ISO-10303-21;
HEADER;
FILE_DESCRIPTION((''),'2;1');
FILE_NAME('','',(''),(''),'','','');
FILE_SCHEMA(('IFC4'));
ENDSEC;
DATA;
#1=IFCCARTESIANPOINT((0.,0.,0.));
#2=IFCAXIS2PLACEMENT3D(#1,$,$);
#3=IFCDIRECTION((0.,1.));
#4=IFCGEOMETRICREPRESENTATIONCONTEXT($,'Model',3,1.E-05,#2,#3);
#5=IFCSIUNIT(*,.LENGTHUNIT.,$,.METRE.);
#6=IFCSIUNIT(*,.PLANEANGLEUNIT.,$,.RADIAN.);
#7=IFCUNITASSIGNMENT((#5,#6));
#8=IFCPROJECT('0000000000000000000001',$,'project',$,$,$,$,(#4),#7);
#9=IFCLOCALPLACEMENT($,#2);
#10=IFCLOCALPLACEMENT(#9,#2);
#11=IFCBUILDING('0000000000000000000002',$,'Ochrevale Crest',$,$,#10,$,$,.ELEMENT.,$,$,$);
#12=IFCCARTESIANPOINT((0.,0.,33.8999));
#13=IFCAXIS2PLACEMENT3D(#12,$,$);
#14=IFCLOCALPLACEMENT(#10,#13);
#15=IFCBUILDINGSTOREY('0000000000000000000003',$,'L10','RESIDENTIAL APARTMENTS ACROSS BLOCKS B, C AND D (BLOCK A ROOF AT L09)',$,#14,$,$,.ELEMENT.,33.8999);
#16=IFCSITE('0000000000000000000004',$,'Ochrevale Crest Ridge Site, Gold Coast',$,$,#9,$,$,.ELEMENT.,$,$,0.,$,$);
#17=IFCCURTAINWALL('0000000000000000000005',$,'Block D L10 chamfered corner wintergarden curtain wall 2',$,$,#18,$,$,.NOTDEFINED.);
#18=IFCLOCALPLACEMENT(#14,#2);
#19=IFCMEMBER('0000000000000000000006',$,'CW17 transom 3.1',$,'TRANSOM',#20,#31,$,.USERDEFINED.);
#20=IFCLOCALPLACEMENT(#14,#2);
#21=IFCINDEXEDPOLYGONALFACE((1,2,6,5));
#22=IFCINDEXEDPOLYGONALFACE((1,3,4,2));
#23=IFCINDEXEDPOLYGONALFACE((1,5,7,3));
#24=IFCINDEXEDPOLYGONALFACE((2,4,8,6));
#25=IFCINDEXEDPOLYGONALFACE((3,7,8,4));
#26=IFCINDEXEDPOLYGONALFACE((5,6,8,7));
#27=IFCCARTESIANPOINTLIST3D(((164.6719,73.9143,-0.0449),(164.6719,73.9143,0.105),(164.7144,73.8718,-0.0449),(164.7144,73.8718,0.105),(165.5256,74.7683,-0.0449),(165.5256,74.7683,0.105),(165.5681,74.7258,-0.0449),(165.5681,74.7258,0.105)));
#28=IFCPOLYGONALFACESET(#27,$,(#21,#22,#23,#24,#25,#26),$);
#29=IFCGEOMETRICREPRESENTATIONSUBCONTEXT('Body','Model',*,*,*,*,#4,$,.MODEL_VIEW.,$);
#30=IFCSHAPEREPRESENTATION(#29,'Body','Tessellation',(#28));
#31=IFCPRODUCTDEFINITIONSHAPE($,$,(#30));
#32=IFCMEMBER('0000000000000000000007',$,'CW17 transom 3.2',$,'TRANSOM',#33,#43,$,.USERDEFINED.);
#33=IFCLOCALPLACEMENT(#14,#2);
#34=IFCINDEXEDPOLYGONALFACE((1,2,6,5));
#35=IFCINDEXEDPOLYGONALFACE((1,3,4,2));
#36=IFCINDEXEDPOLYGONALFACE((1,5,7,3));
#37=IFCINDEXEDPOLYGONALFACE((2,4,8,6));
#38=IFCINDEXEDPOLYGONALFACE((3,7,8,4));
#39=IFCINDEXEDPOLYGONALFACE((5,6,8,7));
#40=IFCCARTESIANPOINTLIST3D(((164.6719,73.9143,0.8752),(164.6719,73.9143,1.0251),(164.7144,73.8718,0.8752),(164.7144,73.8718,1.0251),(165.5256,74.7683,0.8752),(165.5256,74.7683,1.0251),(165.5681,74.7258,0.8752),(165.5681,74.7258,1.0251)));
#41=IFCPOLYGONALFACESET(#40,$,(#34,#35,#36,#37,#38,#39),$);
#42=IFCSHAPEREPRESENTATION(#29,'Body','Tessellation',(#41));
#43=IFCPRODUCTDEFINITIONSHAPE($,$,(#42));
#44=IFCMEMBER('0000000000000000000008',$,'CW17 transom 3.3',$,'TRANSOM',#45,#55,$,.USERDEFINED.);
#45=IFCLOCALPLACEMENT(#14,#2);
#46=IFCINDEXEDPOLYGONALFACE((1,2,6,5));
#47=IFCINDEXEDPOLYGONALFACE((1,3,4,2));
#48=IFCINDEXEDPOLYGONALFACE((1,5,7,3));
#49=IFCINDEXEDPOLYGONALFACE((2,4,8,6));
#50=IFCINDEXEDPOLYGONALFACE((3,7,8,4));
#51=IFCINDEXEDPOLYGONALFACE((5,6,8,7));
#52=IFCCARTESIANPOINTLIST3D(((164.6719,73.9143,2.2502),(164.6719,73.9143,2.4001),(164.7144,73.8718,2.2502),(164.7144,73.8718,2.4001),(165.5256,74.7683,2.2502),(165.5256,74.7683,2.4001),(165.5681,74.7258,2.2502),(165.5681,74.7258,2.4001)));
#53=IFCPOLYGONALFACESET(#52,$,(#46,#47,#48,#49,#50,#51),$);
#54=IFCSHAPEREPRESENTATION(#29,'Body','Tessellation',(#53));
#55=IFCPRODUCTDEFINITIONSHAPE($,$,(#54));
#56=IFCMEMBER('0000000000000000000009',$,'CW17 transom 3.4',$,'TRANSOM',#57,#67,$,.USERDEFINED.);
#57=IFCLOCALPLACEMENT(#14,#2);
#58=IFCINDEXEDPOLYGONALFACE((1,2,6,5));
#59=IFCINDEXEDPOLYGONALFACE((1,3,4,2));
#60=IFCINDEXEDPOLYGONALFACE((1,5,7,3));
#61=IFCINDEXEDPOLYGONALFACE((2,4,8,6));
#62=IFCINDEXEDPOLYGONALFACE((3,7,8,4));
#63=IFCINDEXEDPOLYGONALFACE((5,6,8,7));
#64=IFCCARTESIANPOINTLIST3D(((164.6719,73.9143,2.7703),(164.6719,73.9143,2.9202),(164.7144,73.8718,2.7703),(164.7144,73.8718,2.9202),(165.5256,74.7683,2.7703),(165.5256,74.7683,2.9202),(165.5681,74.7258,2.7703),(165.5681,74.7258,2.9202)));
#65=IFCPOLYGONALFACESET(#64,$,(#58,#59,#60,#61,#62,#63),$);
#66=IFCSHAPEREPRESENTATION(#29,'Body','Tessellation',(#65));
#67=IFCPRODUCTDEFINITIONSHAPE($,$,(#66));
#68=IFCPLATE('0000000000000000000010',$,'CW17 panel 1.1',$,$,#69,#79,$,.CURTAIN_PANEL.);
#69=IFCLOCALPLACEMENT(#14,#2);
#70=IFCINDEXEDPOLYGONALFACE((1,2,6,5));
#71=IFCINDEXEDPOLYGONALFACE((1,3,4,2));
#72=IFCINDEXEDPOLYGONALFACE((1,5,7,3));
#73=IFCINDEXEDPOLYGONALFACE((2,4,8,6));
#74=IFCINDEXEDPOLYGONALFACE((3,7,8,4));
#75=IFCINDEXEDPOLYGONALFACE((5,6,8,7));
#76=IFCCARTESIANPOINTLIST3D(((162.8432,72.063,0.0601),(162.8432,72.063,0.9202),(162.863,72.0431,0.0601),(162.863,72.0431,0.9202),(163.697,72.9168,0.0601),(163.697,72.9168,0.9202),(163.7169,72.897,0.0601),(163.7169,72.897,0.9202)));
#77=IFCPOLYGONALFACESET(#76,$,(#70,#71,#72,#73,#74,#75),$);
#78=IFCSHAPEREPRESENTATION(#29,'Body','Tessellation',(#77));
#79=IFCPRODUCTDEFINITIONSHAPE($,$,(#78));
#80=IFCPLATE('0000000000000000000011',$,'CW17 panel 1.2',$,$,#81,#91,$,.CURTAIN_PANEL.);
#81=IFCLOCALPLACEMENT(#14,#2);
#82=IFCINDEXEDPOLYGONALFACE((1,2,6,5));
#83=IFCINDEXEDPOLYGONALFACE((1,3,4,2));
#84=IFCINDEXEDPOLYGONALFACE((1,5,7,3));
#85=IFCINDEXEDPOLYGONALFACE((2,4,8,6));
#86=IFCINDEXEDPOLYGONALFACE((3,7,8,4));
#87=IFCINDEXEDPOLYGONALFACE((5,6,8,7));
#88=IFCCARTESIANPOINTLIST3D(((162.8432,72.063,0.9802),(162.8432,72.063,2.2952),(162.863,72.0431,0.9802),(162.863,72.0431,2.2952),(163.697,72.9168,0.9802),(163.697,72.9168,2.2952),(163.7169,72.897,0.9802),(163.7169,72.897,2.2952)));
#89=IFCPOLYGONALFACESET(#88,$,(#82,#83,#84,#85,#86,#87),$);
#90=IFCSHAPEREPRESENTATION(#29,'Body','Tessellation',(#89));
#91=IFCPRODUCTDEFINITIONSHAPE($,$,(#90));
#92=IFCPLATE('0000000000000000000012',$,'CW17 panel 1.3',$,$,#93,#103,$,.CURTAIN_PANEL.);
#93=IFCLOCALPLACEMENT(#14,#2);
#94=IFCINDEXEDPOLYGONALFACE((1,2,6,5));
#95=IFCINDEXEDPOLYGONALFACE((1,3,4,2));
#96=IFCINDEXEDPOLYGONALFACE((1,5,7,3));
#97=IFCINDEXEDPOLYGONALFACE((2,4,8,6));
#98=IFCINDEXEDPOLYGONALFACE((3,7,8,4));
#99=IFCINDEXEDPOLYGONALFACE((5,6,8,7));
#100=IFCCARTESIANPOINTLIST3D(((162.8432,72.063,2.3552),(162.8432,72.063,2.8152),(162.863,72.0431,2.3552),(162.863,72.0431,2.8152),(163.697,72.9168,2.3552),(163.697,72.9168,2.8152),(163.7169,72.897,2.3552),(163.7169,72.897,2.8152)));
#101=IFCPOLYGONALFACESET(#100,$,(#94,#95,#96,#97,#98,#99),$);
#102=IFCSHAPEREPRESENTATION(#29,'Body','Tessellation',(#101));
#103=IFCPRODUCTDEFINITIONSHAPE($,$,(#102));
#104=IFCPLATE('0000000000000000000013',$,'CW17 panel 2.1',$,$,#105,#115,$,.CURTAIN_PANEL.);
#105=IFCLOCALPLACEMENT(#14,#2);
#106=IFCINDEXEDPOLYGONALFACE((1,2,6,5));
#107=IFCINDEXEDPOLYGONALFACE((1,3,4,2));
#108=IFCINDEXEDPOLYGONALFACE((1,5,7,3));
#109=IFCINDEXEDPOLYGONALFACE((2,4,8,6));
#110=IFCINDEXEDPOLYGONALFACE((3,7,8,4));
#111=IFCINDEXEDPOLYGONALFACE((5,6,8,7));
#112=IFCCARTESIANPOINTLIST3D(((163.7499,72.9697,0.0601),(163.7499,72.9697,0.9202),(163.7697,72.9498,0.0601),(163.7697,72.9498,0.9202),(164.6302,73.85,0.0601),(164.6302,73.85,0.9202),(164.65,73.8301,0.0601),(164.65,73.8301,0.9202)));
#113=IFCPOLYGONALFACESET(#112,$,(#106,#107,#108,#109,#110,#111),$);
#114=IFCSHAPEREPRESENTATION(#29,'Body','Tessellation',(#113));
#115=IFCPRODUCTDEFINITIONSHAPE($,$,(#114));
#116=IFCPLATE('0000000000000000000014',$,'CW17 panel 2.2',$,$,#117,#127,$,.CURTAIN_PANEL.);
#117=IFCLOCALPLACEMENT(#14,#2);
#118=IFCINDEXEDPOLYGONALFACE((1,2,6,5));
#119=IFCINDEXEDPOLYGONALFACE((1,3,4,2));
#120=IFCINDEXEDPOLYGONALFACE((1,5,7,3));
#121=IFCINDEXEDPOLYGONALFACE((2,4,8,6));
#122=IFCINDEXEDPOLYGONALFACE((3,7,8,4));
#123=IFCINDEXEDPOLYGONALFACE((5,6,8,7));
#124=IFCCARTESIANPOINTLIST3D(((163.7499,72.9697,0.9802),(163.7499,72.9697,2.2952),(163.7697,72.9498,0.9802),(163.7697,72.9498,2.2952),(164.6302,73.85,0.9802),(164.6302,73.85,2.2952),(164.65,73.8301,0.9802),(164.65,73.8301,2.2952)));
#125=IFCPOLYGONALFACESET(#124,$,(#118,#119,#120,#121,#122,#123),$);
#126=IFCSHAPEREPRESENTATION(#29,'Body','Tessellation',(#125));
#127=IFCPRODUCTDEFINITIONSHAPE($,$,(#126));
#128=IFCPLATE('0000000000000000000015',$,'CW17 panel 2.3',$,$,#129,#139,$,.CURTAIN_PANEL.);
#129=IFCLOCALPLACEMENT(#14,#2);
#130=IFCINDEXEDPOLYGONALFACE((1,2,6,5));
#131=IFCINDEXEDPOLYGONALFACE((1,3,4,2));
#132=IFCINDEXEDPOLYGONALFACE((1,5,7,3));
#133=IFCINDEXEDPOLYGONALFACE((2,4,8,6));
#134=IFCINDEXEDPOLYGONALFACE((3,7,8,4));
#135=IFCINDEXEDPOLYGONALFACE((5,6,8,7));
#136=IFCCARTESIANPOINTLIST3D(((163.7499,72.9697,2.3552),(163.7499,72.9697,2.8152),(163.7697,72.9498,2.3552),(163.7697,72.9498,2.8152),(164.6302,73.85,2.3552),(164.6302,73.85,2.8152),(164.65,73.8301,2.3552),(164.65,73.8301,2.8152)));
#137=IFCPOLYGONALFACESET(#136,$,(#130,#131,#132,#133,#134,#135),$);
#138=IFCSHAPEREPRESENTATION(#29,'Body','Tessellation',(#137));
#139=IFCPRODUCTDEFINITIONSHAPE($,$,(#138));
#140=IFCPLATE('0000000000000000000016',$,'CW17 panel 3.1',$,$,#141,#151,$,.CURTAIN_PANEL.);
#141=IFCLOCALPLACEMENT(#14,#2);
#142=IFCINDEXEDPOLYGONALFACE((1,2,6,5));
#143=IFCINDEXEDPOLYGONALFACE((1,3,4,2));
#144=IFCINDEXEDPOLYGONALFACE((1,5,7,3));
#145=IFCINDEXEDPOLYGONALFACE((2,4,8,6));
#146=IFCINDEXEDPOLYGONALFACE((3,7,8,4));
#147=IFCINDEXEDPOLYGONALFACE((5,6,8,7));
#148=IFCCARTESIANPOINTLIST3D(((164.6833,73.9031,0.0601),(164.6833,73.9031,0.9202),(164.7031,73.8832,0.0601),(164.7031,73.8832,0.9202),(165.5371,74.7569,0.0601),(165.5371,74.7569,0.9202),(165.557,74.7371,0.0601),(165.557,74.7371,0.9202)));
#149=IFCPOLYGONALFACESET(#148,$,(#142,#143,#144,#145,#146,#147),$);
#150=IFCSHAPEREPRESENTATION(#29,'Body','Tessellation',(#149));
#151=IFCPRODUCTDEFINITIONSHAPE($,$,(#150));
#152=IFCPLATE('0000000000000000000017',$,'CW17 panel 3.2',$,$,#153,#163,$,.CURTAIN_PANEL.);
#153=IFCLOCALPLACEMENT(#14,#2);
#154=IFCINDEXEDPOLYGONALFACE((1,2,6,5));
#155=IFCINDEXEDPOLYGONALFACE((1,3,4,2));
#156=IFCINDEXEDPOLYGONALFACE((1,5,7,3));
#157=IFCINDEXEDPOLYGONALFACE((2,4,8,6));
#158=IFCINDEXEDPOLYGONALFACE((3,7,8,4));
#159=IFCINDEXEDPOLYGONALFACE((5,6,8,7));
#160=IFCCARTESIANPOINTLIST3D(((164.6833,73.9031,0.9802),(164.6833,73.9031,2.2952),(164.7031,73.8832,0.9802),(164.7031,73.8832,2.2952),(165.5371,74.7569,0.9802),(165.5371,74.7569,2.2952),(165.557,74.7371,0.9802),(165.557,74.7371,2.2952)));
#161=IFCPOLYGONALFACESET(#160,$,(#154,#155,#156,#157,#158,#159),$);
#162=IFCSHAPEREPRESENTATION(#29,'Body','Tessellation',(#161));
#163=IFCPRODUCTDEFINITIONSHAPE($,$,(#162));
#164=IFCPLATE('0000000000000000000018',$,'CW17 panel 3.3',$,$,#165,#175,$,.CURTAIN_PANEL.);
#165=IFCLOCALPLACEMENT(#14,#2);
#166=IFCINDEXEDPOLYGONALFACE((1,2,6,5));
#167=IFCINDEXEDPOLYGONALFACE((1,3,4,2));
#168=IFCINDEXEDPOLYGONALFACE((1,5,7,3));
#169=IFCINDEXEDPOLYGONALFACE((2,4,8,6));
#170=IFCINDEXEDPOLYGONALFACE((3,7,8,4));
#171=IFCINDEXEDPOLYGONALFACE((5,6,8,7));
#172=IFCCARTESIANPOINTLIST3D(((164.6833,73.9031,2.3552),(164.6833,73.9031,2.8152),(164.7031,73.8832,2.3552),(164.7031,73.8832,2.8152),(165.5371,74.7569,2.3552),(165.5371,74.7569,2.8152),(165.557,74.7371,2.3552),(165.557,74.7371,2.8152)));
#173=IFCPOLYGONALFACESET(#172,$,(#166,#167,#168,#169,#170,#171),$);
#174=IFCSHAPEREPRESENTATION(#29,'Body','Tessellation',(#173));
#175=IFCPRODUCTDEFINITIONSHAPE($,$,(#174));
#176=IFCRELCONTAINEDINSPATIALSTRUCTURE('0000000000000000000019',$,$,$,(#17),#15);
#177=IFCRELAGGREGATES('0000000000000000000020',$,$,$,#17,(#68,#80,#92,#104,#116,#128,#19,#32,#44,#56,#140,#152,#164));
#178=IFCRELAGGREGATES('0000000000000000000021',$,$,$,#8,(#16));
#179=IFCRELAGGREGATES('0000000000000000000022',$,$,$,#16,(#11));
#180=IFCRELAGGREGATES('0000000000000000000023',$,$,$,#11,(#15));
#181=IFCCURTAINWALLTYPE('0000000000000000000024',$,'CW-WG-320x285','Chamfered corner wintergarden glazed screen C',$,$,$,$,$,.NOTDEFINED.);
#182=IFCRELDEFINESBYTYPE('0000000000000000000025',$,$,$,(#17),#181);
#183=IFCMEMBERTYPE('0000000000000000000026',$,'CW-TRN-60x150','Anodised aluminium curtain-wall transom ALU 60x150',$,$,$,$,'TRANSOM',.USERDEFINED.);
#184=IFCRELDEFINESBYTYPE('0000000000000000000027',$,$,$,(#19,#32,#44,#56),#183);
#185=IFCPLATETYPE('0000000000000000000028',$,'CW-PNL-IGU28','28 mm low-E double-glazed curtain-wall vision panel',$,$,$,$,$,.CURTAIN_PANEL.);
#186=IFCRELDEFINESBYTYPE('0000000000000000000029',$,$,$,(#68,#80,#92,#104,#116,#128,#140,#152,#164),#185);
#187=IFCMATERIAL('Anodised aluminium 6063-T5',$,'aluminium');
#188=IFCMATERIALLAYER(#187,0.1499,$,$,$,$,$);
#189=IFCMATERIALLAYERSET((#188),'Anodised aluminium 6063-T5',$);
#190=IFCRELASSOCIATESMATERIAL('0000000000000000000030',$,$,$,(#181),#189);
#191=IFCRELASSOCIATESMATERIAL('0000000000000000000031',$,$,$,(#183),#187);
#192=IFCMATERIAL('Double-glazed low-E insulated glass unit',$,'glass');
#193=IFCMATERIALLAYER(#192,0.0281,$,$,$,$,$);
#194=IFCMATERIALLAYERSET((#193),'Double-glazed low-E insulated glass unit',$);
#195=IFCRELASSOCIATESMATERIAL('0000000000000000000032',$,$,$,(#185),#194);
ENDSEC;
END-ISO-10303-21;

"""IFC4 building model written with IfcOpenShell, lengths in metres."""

from ifc_helpers import new_model, si_unit, direction, frame, origin, origin_2d, place, context, subcontext, project, spatial, rectangle, extrude, material, layer, layer_set, material_profile, profile_set, type_object, element, aggregate, save


model = new_model("IFC4")

# Units and contexts
model_context = context("Model", 3, precision=1e-05, world=origin(), true_north=direction((0.0, 1.0)))
body_context = subcontext(model_context, "Body", "Model", "MODEL_VIEW")
ifc_project = project(units=[si_unit("LENGTHUNIT", "METRE"), si_unit("PLANEANGLEUNIT", "RADIAN")], contexts=[model_context])

# Site, building, storey
site_placement = place(None, origin())
site = spatial("IfcSite", under=ifc_project, at=site_placement, Name="Ochrevale Crest Ridge Site, Gold Coast", CompositionType="ELEMENT", RefElevation=0.0)
building_placement = place(site_placement, origin())
building = spatial("IfcBuilding", under=site, at=building_placement, Name="Ochrevale Crest", CompositionType="ELEMENT")
storey_placement = place(building_placement, frame((0.0, 0.0, 33.8999)))
storey = spatial("IfcBuildingStorey", under=building, at=storey_placement, Name="L10", Description="RESIDENTIAL APARTMENTS ACROSS BLOCKS B, C AND D (BLOCK A ROOF AT L09)", CompositionType="ELEMENT", Elevation=33.8999)

# Curtain wall, members, plates
ifc_material_1 = material(Name="Anodised aluminium 6063-T5", Category="aluminium")
ifc_layer_1 = layer(ifc_material_1, 0.1499)
ifc_layer_set_1 = layer_set([ifc_layer_1], Name="Anodised aluminium 6063-T5")
curtain_wall_type = type_object("IfcCurtainWallType", Name="CW-WG-320x285", Description="Chamfered corner wintergarden glazed screen C", PredefinedType="NOTDEFINED", material=ifc_layer_set_1)
curtain_wall_placement = place(storey_placement, origin())
curtain_wall = element("IfcCurtainWall", 1, at=curtain_wall_placement, inside=storey, type_object=curtain_wall_type, Name="Block D L10 chamfered corner wintergarden curtain wall 2", PredefinedType="NOTDEFINED")
ifc_material_profile_1 = material_profile(ifc_material_1, rectangle(XDim=0.0601, YDim=0.1499, at=origin_2d()), Name="ALU 60x150")
ifc_profile_set_1 = profile_set([ifc_material_profile_1], Name="Anodised aluminium 6063-T5")
member_type_1 = type_object("IfcMemberType", Name="CW-TRN-60x150", Description="Anodised aluminium curtain-wall transom ALU 60x150", ElementType="TRANSOM", PredefinedType="USERDEFINED", material=ifc_profile_set_1)
member_1_placement = place(storey_placement, frame((164.6931, 73.8931, 0.03), z_axis=(0.707006, 0.707208, 0.0), x_axis=(-0.707208, 0.707006, 0.0)))
member_1 = element("IfcMember", 2, at=member_1_placement, type_object=member_type_1, Name="CW17 transom 3.1", ObjectType="TRANSOM", PredefinedType="USERDEFINED", context=body_context, shape_type="SweptSolid", body=[
    extrude(rectangle(XDim=0.0601, YDim=0.1499, at=origin_2d()), origin(), (0.0, 0.0, 1.0), 1.2075),
])
member_2_placement = place(storey_placement, frame((164.6931, 73.8931, 0.9502), z_axis=(0.707006, 0.707208, 0.0), x_axis=(-0.707208, 0.707006, 0.0)))
member_2 = element("IfcMember", 3, at=member_2_placement, type_object=member_type_1, Name="CW17 transom 3.2", ObjectType="TRANSOM", PredefinedType="USERDEFINED", context=body_context, shape_type="SweptSolid", body=[
    extrude(rectangle(XDim=0.0601, YDim=0.1499, at=origin_2d()), origin(), (0.0, 0.0, 1.0), 1.2075),
])
member_3_placement = place(storey_placement, frame((164.6931, 73.8931, 2.3252), z_axis=(0.707006, 0.707208, 0.0), x_axis=(-0.707208, 0.707006, 0.0)))
member_3 = element("IfcMember", 4, at=member_3_placement, type_object=member_type_1, Name="CW17 transom 3.3", ObjectType="TRANSOM", PredefinedType="USERDEFINED", context=body_context, shape_type="SweptSolid", body=[
    extrude(rectangle(XDim=0.0601, YDim=0.1499, at=origin_2d()), origin(), (0.0, 0.0, 1.0), 1.2075),
])
member_4_placement = place(storey_placement, frame((164.6931, 73.8931, 2.8452), z_axis=(0.707006, 0.707208, 0.0), x_axis=(-0.707208, 0.707006, 0.0)))
member_4 = element("IfcMember", 5, at=member_4_placement, type_object=member_type_1, Name="CW17 transom 3.4", ObjectType="TRANSOM", PredefinedType="USERDEFINED", context=body_context, shape_type="SweptSolid", body=[
    extrude(rectangle(XDim=0.0601, YDim=0.1499, at=origin_2d()), origin(), (0.0, 0.0, 1.0), 1.2075),
])
ifc_material_2 = material(Name="Double-glazed low-E insulated glass unit", Category="glass")
ifc_layer_2 = layer(ifc_material_2, 0.0281)
ifc_layer_set_2 = layer_set([ifc_layer_2], Name="Double-glazed low-E insulated glass unit")
plate_type = type_object("IfcPlateType", Name="CW-PNL-IGU28", Description="28 mm low-E double-glazed curtain-wall vision panel", PredefinedType="CURTAIN_PANEL", material=ifc_layer_set_2)
plate_1_placement = place(storey_placement, frame((163.28, 72.48, 0.0601), z_axis=(0.0, 0.0, 1.0), x_axis=(0.707107, 0.707107, 0.0)))
plate_1 = element("IfcPlate", 6, at=plate_1_placement, type_object=plate_type, Name="CW17 panel 1.1", PredefinedType="CURTAIN_PANEL", context=body_context, shape_type="SweptSolid", body=[
    extrude(rectangle(XDim=1.2075, YDim=0.0281, at=origin_2d()), origin(), (0.0, 0.0, 1.0), 0.8601),
])
plate_2_placement = place(storey_placement, frame((163.28, 72.48, 0.9802), z_axis=(0.0, 0.0, 1.0), x_axis=(0.707107, 0.707107, 0.0)))
plate_2 = element("IfcPlate", 7, at=plate_2_placement, type_object=plate_type, Name="CW17 panel 1.2", PredefinedType="CURTAIN_PANEL", context=body_context, shape_type="SweptSolid", body=[
    extrude(rectangle(XDim=1.2075, YDim=0.0281, at=origin_2d()), origin(), (0.0, 0.0, 1.0), 1.3149),
])
plate_3_placement = place(storey_placement, frame((163.28, 72.48, 2.3552), z_axis=(0.0, 0.0, 1.0), x_axis=(0.707107, 0.707107, 0.0)))
plate_3 = element("IfcPlate", 8, at=plate_3_placement, type_object=plate_type, Name="CW17 panel 1.3", PredefinedType="CURTAIN_PANEL", context=body_context, shape_type="SweptSolid", body=[
    extrude(rectangle(XDim=1.2075, YDim=0.0281, at=origin_2d()), origin(), (0.0, 0.0, 1.0), 0.46),
])
plate_4_placement = place(storey_placement, frame((164.2, 73.3999, 0.0601), z_axis=(0.0, 0.0, 1.0), x_axis=(0.707107, 0.707107, 0.0)))
plate_4 = element("IfcPlate", 9, at=plate_4_placement, type_object=plate_type, Name="CW17 panel 2.1", PredefinedType="CURTAIN_PANEL", context=body_context, shape_type="SweptSolid", body=[
    extrude(rectangle(XDim=1.2449, YDim=0.0281, at=origin_2d()), origin(), (0.0, 0.0, 1.0), 0.8601),
])
plate_5_placement = place(storey_placement, frame((164.2, 73.3999, 0.9802), z_axis=(0.0, 0.0, 1.0), x_axis=(0.707107, 0.707107, 0.0)))
plate_5 = element("IfcPlate", 10, at=plate_5_placement, type_object=plate_type, Name="CW17 panel 2.2", PredefinedType="CURTAIN_PANEL", context=body_context, shape_type="SweptSolid", body=[
    extrude(rectangle(XDim=1.2449, YDim=0.0281, at=origin_2d()), origin(), (0.0, 0.0, 1.0), 1.3149),
])
plate_6_placement = place(storey_placement, frame((164.2, 73.3999, 2.3552), z_axis=(0.0, 0.0, 1.0), x_axis=(0.707107, 0.707107, 0.0)))
plate_6 = element("IfcPlate", 11, at=plate_6_placement, type_object=plate_type, Name="CW17 panel 2.3", PredefinedType="CURTAIN_PANEL", context=body_context, shape_type="SweptSolid", body=[
    extrude(rectangle(XDim=1.2449, YDim=0.0281, at=origin_2d()), origin(), (0.0, 0.0, 1.0), 0.46),
])
plate_7_placement = place(storey_placement, frame((165.1201, 74.3201, 0.0601), z_axis=(0.0, 0.0, 1.0), x_axis=(0.707107, 0.707107, 0.0)))
plate_7 = element("IfcPlate", 12, at=plate_7_placement, type_object=plate_type, Name="CW17 panel 3.1", PredefinedType="CURTAIN_PANEL", context=body_context, shape_type="SweptSolid", body=[
    extrude(rectangle(XDim=1.2075, YDim=0.0281, at=origin_2d()), origin(), (0.0, 0.0, 1.0), 0.8601),
])
plate_8_placement = place(storey_placement, frame((165.1201, 74.3201, 0.9802), z_axis=(0.0, 0.0, 1.0), x_axis=(0.707107, 0.707107, 0.0)))
plate_8 = element("IfcPlate", 13, at=plate_8_placement, type_object=plate_type, Name="CW17 panel 3.2", PredefinedType="CURTAIN_PANEL", context=body_context, shape_type="SweptSolid", body=[
    extrude(rectangle(XDim=1.2075, YDim=0.0281, at=origin_2d()), origin(), (0.0, 0.0, 1.0), 1.3149),
])
plate_9_placement = place(storey_placement, frame((165.1201, 74.3201, 2.3552), z_axis=(0.0, 0.0, 1.0), x_axis=(0.707107, 0.707107, 0.0)))
plate_9 = element("IfcPlate", 14, at=plate_9_placement, type_object=plate_type, Name="CW17 panel 3.3", PredefinedType="CURTAIN_PANEL", context=body_context, shape_type="SweptSolid", body=[
    extrude(rectangle(XDim=1.2075, YDim=0.0281, at=origin_2d()), origin(), (0.0, 0.0, 1.0), 0.46),
])
aggregate(curtain_wall, [plate_1, plate_2, plate_3, plate_4, plate_5, plate_6, member_1, member_2, member_3, member_4, plate_7, plate_8, plate_9])

save(model, "model.ifc")
